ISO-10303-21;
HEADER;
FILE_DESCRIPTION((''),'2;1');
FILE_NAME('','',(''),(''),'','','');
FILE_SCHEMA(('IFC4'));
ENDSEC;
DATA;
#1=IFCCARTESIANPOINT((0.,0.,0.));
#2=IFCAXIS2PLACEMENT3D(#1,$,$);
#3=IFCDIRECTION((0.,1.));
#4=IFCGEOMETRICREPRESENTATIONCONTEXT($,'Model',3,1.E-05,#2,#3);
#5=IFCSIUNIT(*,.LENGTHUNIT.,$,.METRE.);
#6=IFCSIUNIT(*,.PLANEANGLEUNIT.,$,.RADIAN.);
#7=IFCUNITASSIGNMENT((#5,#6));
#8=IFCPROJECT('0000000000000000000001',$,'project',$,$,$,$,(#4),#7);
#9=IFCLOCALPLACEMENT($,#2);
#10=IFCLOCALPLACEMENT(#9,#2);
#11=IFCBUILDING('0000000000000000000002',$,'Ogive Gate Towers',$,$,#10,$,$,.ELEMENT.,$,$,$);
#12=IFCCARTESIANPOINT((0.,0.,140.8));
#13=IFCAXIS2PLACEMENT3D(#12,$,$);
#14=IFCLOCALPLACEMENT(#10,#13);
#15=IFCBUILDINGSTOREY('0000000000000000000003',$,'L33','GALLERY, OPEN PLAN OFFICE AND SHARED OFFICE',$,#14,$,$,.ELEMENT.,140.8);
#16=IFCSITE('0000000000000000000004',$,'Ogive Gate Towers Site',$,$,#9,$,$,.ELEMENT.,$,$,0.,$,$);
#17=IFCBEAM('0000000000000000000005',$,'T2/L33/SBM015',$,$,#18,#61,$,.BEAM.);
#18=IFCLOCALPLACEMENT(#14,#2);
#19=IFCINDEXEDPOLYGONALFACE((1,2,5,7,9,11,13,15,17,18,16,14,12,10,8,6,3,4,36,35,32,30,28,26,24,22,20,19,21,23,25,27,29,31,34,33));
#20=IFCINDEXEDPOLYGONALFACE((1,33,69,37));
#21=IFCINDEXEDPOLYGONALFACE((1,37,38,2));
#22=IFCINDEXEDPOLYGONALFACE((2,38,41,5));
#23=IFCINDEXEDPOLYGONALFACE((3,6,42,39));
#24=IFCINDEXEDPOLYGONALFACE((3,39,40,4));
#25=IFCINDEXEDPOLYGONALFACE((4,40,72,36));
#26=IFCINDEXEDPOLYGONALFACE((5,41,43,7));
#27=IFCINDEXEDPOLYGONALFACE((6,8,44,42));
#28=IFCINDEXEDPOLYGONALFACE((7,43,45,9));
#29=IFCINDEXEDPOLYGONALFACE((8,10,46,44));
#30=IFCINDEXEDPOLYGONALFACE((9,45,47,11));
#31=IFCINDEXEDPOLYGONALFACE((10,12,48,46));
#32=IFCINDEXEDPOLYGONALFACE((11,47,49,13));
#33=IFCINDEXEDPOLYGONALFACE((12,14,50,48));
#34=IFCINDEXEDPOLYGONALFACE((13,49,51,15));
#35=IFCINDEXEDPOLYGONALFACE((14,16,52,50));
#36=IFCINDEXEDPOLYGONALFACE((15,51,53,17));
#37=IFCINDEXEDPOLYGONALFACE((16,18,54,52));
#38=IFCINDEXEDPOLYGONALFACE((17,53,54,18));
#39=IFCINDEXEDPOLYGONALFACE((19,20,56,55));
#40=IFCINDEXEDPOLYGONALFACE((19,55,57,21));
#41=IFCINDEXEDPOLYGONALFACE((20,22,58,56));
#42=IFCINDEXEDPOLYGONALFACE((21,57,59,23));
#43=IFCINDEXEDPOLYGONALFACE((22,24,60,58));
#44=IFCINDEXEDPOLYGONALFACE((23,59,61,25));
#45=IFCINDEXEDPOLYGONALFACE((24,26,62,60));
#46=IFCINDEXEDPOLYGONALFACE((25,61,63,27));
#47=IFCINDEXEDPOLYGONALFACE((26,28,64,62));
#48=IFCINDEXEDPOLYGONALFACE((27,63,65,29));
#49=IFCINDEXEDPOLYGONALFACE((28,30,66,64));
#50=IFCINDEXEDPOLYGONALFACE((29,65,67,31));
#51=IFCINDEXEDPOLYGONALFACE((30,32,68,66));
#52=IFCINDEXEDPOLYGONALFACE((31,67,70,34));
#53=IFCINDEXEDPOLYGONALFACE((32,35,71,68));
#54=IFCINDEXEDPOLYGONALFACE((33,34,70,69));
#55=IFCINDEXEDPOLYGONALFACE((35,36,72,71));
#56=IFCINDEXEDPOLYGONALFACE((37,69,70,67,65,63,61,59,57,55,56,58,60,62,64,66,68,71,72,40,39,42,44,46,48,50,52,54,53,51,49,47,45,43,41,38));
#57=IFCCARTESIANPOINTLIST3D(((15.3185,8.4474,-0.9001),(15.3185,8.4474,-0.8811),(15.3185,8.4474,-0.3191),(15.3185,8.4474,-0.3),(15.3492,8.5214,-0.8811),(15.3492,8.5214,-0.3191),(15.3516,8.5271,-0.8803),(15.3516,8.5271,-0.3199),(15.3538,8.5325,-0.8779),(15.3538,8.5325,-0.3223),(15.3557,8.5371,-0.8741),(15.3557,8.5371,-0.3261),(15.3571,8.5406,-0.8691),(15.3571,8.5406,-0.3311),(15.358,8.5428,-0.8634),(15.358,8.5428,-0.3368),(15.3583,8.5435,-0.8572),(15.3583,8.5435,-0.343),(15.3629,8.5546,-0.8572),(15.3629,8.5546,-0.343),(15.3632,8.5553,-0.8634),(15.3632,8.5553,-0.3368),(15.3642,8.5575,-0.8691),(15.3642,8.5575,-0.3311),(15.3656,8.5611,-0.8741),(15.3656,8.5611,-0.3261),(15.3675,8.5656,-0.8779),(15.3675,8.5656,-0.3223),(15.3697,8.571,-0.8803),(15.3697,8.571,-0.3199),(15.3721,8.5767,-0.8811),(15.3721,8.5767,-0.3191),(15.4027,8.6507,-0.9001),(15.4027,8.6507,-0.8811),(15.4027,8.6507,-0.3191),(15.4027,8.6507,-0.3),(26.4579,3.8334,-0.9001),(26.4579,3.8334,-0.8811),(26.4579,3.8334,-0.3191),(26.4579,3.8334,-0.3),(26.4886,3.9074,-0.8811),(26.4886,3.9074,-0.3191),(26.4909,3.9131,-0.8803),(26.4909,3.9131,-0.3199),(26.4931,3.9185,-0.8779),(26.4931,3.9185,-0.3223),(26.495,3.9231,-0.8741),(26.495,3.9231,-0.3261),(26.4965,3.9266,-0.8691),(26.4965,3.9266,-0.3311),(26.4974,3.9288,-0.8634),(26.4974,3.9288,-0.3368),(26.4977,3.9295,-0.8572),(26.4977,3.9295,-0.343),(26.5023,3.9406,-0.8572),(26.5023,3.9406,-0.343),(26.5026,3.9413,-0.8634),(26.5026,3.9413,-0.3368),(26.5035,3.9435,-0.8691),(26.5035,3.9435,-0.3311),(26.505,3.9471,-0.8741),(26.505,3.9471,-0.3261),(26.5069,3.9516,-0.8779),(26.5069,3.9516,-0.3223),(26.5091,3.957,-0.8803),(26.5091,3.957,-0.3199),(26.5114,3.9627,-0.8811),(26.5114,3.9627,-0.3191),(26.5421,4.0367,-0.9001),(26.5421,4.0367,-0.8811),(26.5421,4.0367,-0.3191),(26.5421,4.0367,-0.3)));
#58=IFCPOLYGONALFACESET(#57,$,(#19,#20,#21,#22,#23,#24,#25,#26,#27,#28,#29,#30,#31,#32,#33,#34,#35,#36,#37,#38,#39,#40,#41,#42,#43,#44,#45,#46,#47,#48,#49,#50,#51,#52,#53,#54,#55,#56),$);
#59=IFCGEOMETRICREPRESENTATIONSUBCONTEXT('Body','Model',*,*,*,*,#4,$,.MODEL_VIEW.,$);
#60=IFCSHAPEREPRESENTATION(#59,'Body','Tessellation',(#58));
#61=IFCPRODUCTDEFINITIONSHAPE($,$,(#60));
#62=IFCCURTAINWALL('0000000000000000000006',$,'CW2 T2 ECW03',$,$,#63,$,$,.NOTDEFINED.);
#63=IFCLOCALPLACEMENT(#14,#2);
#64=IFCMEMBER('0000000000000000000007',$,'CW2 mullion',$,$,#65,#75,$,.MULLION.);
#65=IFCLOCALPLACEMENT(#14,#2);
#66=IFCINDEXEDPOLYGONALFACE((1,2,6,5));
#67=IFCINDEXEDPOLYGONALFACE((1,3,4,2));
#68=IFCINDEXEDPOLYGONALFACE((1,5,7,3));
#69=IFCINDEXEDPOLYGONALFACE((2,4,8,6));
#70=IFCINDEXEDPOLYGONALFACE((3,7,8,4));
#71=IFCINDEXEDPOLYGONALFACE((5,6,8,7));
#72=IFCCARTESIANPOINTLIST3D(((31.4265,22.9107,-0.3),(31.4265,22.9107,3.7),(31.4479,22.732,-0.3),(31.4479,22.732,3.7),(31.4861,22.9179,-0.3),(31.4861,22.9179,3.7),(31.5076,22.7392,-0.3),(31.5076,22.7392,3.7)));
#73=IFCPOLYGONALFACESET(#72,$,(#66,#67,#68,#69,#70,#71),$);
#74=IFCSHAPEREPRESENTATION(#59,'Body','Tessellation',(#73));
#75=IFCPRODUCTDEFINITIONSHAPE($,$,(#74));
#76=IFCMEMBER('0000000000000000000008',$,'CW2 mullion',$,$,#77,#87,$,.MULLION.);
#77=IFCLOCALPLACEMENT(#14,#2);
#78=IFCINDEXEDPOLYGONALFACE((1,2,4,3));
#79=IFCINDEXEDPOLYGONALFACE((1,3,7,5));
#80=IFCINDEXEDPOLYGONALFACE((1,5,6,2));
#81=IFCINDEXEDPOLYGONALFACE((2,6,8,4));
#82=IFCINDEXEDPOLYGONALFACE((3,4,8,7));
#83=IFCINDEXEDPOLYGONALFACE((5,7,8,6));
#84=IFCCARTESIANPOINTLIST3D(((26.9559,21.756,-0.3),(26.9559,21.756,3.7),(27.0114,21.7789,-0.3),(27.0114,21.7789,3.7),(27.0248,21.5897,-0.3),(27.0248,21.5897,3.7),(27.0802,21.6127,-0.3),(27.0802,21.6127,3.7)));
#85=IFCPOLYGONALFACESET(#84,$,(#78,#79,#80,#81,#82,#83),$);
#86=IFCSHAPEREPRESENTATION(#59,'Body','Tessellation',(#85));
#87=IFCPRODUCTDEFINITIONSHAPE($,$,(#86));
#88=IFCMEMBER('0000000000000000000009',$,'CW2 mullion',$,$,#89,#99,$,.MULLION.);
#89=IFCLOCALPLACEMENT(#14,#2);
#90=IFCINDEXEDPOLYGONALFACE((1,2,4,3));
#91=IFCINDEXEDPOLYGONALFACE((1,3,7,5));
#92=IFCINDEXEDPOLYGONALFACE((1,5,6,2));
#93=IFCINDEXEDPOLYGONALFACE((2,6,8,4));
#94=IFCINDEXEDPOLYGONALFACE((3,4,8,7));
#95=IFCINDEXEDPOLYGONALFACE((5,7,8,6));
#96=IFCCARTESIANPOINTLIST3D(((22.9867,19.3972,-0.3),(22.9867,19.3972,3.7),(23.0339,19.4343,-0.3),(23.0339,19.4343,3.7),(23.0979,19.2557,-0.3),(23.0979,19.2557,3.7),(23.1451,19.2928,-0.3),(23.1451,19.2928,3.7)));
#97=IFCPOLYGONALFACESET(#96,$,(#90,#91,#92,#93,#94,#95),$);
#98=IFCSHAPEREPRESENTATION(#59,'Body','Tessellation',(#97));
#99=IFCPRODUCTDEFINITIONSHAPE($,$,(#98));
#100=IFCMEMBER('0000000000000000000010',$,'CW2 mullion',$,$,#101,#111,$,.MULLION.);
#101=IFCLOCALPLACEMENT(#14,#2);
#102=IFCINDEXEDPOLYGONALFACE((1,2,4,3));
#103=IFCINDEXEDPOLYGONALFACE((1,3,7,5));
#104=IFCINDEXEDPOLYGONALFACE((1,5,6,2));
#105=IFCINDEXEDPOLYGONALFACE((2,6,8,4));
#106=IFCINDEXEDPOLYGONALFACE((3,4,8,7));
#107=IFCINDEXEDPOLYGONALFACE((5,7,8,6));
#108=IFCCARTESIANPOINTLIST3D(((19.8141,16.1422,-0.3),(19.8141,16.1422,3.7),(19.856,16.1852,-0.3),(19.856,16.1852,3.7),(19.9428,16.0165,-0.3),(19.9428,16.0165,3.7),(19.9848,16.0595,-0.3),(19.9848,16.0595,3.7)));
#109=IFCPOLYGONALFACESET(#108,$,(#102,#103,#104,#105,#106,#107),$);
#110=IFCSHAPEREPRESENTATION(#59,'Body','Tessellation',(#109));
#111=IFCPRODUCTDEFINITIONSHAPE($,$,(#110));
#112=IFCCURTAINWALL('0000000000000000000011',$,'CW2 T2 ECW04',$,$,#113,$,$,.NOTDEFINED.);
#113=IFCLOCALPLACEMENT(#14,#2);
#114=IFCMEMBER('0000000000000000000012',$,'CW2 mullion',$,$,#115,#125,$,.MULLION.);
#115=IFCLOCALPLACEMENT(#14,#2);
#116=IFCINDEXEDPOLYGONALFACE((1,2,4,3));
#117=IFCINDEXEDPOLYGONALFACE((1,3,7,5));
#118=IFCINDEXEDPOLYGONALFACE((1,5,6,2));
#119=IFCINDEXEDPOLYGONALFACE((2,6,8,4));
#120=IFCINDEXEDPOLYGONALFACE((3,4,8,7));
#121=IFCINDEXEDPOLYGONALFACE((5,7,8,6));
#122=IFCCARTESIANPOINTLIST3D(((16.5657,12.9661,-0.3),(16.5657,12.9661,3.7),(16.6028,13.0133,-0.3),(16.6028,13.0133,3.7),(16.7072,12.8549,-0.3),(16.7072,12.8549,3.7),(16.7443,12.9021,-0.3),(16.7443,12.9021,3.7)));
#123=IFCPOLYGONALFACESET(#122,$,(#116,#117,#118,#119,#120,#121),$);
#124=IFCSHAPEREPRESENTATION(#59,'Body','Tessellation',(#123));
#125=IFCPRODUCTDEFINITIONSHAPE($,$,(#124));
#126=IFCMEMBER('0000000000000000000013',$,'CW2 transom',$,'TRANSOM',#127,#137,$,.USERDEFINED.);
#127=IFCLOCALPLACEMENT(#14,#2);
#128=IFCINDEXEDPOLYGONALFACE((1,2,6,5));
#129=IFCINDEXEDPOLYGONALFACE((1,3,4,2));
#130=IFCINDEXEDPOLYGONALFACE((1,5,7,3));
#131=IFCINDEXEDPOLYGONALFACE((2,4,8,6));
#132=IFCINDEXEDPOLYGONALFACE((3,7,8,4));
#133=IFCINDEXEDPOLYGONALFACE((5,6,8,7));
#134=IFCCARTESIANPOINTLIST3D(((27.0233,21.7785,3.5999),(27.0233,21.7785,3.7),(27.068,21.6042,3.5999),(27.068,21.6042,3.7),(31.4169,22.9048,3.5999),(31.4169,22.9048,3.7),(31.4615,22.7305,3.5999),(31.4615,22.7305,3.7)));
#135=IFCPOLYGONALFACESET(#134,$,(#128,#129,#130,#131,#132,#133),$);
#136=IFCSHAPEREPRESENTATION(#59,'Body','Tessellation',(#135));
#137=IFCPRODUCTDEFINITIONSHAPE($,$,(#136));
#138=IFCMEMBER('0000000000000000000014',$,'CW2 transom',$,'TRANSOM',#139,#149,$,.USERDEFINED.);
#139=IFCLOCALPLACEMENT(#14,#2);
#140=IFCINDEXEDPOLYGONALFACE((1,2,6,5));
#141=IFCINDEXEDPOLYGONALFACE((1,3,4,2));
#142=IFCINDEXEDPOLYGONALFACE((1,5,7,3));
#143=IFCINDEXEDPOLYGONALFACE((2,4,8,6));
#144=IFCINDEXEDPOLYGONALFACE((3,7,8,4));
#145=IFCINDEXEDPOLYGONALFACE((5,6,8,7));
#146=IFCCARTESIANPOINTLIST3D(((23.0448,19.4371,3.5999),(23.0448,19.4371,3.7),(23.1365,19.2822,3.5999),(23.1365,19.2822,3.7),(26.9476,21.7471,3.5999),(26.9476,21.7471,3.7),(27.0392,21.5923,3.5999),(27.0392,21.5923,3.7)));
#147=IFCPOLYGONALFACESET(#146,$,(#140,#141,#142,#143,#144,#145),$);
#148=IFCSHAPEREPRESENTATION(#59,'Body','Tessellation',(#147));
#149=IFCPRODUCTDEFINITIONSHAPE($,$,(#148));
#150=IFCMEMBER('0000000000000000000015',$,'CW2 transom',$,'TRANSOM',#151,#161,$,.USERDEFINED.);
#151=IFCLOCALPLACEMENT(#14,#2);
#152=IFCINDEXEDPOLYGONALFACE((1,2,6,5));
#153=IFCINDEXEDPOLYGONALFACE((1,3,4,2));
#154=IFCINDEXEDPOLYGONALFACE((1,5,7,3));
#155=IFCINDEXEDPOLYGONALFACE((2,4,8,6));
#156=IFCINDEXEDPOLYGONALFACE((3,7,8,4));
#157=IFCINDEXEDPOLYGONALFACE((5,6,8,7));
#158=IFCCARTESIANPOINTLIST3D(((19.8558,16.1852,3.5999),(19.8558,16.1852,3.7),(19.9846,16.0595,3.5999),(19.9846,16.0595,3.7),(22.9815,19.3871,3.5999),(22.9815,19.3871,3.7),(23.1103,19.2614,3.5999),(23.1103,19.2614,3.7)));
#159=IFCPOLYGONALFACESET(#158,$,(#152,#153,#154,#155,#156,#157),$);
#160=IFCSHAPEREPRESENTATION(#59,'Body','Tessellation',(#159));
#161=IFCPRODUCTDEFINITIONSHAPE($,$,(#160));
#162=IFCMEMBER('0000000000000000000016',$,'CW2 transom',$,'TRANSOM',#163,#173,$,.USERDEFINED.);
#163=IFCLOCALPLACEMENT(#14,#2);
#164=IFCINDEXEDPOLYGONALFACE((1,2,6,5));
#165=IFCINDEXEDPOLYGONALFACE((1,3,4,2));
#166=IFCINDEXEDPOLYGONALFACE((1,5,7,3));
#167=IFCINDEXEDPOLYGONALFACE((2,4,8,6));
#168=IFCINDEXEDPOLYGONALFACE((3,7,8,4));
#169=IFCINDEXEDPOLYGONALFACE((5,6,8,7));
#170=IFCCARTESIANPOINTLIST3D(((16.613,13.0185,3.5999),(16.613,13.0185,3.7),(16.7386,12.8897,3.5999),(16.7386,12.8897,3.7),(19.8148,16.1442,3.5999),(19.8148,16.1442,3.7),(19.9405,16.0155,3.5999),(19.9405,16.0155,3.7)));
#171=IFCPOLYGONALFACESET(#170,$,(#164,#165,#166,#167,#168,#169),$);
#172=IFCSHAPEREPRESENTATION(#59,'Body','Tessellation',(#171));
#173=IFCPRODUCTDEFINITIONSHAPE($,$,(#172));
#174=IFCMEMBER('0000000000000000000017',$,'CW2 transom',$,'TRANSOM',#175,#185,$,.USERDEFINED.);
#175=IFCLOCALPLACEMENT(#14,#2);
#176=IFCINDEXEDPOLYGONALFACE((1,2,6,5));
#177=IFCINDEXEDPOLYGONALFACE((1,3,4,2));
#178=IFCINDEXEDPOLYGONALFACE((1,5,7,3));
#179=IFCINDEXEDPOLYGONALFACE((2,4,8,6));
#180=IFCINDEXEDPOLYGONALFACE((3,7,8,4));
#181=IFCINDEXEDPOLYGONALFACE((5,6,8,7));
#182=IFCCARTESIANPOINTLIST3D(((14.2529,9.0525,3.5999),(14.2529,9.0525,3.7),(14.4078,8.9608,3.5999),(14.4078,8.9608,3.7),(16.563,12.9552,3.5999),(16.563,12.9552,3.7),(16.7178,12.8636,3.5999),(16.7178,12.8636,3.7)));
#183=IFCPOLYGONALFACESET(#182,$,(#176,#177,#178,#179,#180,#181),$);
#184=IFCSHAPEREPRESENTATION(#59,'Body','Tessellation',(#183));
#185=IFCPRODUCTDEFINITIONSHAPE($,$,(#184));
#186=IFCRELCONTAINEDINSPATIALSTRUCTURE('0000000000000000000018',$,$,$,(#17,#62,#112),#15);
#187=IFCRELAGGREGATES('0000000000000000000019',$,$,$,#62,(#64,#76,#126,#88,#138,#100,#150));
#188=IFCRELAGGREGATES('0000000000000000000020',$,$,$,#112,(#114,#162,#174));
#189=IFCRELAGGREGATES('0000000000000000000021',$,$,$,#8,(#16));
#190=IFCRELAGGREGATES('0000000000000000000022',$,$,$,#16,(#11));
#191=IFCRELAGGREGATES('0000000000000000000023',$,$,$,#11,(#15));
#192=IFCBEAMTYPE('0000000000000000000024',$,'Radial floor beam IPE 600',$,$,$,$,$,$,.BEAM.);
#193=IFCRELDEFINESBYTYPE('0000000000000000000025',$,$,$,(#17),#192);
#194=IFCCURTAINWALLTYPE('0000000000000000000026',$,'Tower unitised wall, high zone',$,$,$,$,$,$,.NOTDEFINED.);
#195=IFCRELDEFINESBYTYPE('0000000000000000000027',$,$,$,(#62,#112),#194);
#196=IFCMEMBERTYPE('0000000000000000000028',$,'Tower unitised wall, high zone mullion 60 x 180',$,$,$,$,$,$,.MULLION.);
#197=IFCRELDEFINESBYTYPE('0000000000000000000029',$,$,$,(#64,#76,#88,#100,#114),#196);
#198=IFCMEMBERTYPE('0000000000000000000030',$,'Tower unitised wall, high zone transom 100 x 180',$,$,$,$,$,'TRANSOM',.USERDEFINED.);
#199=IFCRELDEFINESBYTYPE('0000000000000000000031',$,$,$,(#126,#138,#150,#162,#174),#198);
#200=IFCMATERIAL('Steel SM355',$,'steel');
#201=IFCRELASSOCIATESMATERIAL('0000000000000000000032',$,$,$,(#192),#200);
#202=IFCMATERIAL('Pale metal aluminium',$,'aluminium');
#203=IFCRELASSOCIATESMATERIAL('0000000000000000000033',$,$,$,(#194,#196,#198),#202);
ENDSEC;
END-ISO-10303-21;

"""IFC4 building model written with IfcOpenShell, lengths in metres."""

from ifc_helpers import new_model, si_unit, direction, frame, origin, origin_2d, place, context, subcontext, project, spatial, rectangle, i_section, extrude, material, material_profile, profile_set, type_object, element, aggregate, save


model = new_model("IFC4")

# Units and contexts
model_context = context("Model", 3, precision=1e-05, world=origin(), true_north=direction((0.0, 1.0)))
body_context = subcontext(model_context, "Body", "Model", "MODEL_VIEW")
ifc_project = project(units=[si_unit("LENGTHUNIT", "METRE"), si_unit("PLANEANGLEUNIT", "RADIAN")], contexts=[model_context])

# Site, building, storey
site_placement = place(None, origin())
site = spatial("IfcSite", under=ifc_project, at=site_placement, Name="Ogive Gate Towers Site", CompositionType="ELEMENT", RefElevation=0.0)
building_placement = place(site_placement, origin())
building = spatial("IfcBuilding", under=site, at=building_placement, Name="Ogive Gate Towers", CompositionType="ELEMENT")
storey_placement = place(building_placement, frame((0.0, 0.0, 140.8)))
storey = spatial("IfcBuildingStorey", under=building, at=storey_placement, Name="L33", Description="GALLERY, OPEN PLAN OFFICE AND SHARED OFFICE", CompositionType="ELEMENT", Elevation=140.8)

# Beam
ifc_material_1 = material(Name="Steel SM355", Category="steel")
ifc_material_profile_1 = material_profile(ifc_material_1, i_section(OverallWidth=0.22, OverallDepth=0.6001, WebThickness=0.012, FlangeThickness=0.019, FilletRadius=0.0239, at=origin_2d()), Name="IPE 600")
ifc_profile_set_1 = profile_set([ifc_material_profile_1], Name="Steel SM355")
beam_type_1 = type_object("IfcBeamType", Name="Radial floor beam IPE 600", PredefinedType="BEAM", material=ifc_profile_set_1)
beam_1_placement = place(storey_placement, frame((26.5, 3.9351, -0.6001), z_axis=(-0.923882, 0.382678, 0.0), x_axis=(-0.382678, -0.923882, 0.0)))
element("IfcBeam", 1, at=beam_1_placement, inside=storey, type_object=beam_type_1, Name="T2/L33/SBM015", PredefinedType="BEAM", context=body_context, shape_type="SweptSolid", body=[
    extrude(i_section(OverallWidth=0.22, OverallDepth=0.6001, WebThickness=0.012, FlangeThickness=0.019, FilletRadius=0.0239, at=origin_2d()), origin(), (0.0, 0.0, 1.0), 12.0571),
])

# Curtain wall, members
ifc_material_2 = material(Name="Pale metal aluminium", Category="aluminium")
curtain_wall_type = type_object("IfcCurtainWallType", Name="Tower unitised wall, high zone", PredefinedType="NOTDEFINED", material=ifc_material_2)
curtain_wall_1_placement = place(storey_placement, origin())
curtain_wall_1 = element("IfcCurtainWall", 2, at=curtain_wall_1_placement, inside=storey, type_object=curtain_wall_type, Name="CW2 T2 ECW03", PredefinedType="NOTDEFINED")
ifc_material_profile_2 = material_profile(ifc_material_2, rectangle(XDim=0.1799, YDim=0.0601, at=origin_2d()), Name="60 x 180 aluminium box")
ifc_profile_set_2 = profile_set([ifc_material_profile_2], Name="Pale metal aluminium")
member_type_1 = type_object("IfcMemberType", Name="Tower unitised wall, high zone mullion 60 x 180", PredefinedType="MULLION", material=ifc_profile_set_2)
member_1_placement = place(storey_placement, frame((31.467, 22.825, -0.3), z_axis=(0.0, 0.0, 1.0), x_axis=(-0.119149, 0.992876, 0.0)))
member_1 = element("IfcMember", 3, at=member_1_placement, type_object=member_type_1, Name="CW2 mullion", PredefinedType="MULLION", context=body_context, shape_type="SweptSolid", body=[
    extrude(rectangle(XDim=0.1799, YDim=0.0601, at=origin_2d()), origin(), (0.0, 0.0, 1.0), 4.0),
])
member_2_placement = place(storey_placement, frame((27.0181, 21.6843, -0.3), z_axis=(0.0, 0.0, 1.0), x_axis=(-0.382683, 0.92388, 0.0)))
member_2 = element("IfcMember", 4, at=member_2_placement, type_object=member_type_1, Name="CW2 mullion", PredefinedType="MULLION", context=body_context, shape_type="SweptSolid", body=[
    extrude(rectangle(XDim=0.1799, YDim=0.0601, at=origin_2d()), origin(), (0.0, 0.0, 1.0), 4.0),
])
member_3_placement = place(storey_placement, frame((23.0659, 19.345, -0.3), z_axis=(0.0, 0.0, 1.0), x_axis=(-0.617818, 0.786321, 0.0)))
member_3 = element("IfcMember", 5, at=member_3_placement, type_object=member_type_1, Name="CW2 mullion", PredefinedType="MULLION", context=body_context, shape_type="SweptSolid", body=[
    extrude(rectangle(XDim=0.1799, YDim=0.0601, at=origin_2d()), origin(), (0.0, 0.0, 1.0), 4.0),
])
member_4_placement = place(storey_placement, frame((19.8994, 16.1008, -0.3), z_axis=(0.0, 0.0, 1.0), x_axis=(-0.715595, 0.698515, 0.0)))
member_4 = element("IfcMember", 6, at=member_4_placement, type_object=member_type_1, Name="CW2 mullion", PredefinedType="MULLION", context=body_context, shape_type="SweptSolid", body=[
    extrude(rectangle(XDim=0.1799, YDim=0.0601, at=origin_2d()), origin(), (0.0, 0.0, 1.0), 4.0),
])

# Curtain wall, member
curtain_wall_2_placement = place(storey_placement, origin())
curtain_wall_2 = element("IfcCurtainWall", 7, at=curtain_wall_2_placement, inside=storey, type_object=curtain_wall_type, Name="CW2 T2 ECW04", PredefinedType="NOTDEFINED")
member_5_placement = place(storey_placement, frame((16.655, 12.9341, -0.3), z_axis=(0.0, 0.0, 1.0), x_axis=(-0.786321, 0.617818, 0.0)))
member_5 = element("IfcMember", 8, at=member_5_placement, type_object=member_type_1, Name="CW2 mullion", PredefinedType="MULLION", context=body_context, shape_type="SweptSolid", body=[
    extrude(rectangle(XDim=0.1799, YDim=0.0601, at=origin_2d()), origin(), (0.0, 0.0, 1.0), 4.0),
])

# Members
ifc_material_profile_3 = material_profile(ifc_material_2, rectangle(XDim=0.1799, YDim=0.1001, at=origin_2d()), Name="100 x 180 aluminium box")
ifc_profile_set_3 = profile_set([ifc_material_profile_3], Name="Pale metal aluminium")
member_type_2 = type_object("IfcMemberType", Name="Tower unitised wall, high zone transom 100 x 180", ElementType="TRANSOM", PredefinedType="USERDEFINED", material=ifc_profile_set_3)
member_6_placement = place(storey_placement, frame((31.4392, 22.8176, 3.6499), z_axis=(-0.968681, -0.248307, 0.0), x_axis=(0.248307, -0.968681, 0.0)))
member_6 = element("IfcMember", 9, at=member_6_placement, type_object=member_type_2, Name="CW2 transom", ObjectType="TRANSOM", PredefinedType="USERDEFINED", context=body_context, shape_type="SweptSolid", body=[
    extrude(rectangle(XDim=0.1799, YDim=0.1001, at=origin_2d()), origin(), (0.0, 0.0, 1.0), 4.5356),
])
member_7_placement = place(storey_placement, frame((26.9934, 21.6697, 3.6499), z_axis=(-0.860555, -0.509357, 0.0), x_axis=(0.509357, -0.860555, 0.0)))
member_7 = element("IfcMember", 10, at=member_7_placement, type_object=member_type_2, Name="CW2 transom", ObjectType="TRANSOM", PredefinedType="USERDEFINED", context=body_context, shape_type="SweptSolid", body=[
    extrude(rectangle(XDim=0.1799, YDim=0.1001, at=origin_2d()), origin(), (0.0, 0.0, 1.0), 4.5352),
])
member_8_placement = place(storey_placement, frame((23.0459, 19.3242, 3.6499), z_axis=(-0.698544, -0.715567, 0.0), x_axis=(0.715567, -0.698544, 0.0)))
member_8 = element("IfcMember", 11, at=member_8_placement, type_object=member_type_2, Name="CW2 transom", ObjectType="TRANSOM", PredefinedType="USERDEFINED", context=body_context, shape_type="SweptSolid", body=[
    extrude(rectangle(XDim=0.1799, YDim=0.1001, at=origin_2d()), origin(), (0.0, 0.0, 1.0), 4.4746),
])
member_9_placement = place(storey_placement, frame((19.8777, 16.0798, 3.6499), z_axis=(-0.715567, -0.698544, 0.0), x_axis=(0.698544, -0.715567, 0.0)))
member_9 = element("IfcMember", 12, at=member_9_placement, type_object=member_type_2, Name="CW2 transom", ObjectType="TRANSOM", PredefinedType="USERDEFINED", context=body_context, shape_type="SweptSolid", body=[
    extrude(rectangle(XDim=0.1799, YDim=0.1001, at=origin_2d()), origin(), (0.0, 0.0, 1.0), 4.4746),
])
member_10_placement = place(storey_placement, frame((16.6404, 12.9094, 3.6499), z_axis=(-0.509357, -0.860555, 0.0), x_axis=(0.860555, -0.509357, 0.0)))
member_10 = element("IfcMember", 13, at=member_10_placement, type_object=member_type_2, Name="CW2 transom", ObjectType="TRANSOM", PredefinedType="USERDEFINED", context=body_context, shape_type="SweptSolid", body=[
    extrude(rectangle(XDim=0.1799, YDim=0.1001, at=origin_2d()), origin(), (0.0, 0.0, 1.0), 4.5352),
])

aggregate(curtain_wall_1, [member_1, member_2, member_6, member_3, member_7, member_4, member_8])
aggregate(curtain_wall_2, [member_5, member_9, member_10])

save(model, "model.ifc")
